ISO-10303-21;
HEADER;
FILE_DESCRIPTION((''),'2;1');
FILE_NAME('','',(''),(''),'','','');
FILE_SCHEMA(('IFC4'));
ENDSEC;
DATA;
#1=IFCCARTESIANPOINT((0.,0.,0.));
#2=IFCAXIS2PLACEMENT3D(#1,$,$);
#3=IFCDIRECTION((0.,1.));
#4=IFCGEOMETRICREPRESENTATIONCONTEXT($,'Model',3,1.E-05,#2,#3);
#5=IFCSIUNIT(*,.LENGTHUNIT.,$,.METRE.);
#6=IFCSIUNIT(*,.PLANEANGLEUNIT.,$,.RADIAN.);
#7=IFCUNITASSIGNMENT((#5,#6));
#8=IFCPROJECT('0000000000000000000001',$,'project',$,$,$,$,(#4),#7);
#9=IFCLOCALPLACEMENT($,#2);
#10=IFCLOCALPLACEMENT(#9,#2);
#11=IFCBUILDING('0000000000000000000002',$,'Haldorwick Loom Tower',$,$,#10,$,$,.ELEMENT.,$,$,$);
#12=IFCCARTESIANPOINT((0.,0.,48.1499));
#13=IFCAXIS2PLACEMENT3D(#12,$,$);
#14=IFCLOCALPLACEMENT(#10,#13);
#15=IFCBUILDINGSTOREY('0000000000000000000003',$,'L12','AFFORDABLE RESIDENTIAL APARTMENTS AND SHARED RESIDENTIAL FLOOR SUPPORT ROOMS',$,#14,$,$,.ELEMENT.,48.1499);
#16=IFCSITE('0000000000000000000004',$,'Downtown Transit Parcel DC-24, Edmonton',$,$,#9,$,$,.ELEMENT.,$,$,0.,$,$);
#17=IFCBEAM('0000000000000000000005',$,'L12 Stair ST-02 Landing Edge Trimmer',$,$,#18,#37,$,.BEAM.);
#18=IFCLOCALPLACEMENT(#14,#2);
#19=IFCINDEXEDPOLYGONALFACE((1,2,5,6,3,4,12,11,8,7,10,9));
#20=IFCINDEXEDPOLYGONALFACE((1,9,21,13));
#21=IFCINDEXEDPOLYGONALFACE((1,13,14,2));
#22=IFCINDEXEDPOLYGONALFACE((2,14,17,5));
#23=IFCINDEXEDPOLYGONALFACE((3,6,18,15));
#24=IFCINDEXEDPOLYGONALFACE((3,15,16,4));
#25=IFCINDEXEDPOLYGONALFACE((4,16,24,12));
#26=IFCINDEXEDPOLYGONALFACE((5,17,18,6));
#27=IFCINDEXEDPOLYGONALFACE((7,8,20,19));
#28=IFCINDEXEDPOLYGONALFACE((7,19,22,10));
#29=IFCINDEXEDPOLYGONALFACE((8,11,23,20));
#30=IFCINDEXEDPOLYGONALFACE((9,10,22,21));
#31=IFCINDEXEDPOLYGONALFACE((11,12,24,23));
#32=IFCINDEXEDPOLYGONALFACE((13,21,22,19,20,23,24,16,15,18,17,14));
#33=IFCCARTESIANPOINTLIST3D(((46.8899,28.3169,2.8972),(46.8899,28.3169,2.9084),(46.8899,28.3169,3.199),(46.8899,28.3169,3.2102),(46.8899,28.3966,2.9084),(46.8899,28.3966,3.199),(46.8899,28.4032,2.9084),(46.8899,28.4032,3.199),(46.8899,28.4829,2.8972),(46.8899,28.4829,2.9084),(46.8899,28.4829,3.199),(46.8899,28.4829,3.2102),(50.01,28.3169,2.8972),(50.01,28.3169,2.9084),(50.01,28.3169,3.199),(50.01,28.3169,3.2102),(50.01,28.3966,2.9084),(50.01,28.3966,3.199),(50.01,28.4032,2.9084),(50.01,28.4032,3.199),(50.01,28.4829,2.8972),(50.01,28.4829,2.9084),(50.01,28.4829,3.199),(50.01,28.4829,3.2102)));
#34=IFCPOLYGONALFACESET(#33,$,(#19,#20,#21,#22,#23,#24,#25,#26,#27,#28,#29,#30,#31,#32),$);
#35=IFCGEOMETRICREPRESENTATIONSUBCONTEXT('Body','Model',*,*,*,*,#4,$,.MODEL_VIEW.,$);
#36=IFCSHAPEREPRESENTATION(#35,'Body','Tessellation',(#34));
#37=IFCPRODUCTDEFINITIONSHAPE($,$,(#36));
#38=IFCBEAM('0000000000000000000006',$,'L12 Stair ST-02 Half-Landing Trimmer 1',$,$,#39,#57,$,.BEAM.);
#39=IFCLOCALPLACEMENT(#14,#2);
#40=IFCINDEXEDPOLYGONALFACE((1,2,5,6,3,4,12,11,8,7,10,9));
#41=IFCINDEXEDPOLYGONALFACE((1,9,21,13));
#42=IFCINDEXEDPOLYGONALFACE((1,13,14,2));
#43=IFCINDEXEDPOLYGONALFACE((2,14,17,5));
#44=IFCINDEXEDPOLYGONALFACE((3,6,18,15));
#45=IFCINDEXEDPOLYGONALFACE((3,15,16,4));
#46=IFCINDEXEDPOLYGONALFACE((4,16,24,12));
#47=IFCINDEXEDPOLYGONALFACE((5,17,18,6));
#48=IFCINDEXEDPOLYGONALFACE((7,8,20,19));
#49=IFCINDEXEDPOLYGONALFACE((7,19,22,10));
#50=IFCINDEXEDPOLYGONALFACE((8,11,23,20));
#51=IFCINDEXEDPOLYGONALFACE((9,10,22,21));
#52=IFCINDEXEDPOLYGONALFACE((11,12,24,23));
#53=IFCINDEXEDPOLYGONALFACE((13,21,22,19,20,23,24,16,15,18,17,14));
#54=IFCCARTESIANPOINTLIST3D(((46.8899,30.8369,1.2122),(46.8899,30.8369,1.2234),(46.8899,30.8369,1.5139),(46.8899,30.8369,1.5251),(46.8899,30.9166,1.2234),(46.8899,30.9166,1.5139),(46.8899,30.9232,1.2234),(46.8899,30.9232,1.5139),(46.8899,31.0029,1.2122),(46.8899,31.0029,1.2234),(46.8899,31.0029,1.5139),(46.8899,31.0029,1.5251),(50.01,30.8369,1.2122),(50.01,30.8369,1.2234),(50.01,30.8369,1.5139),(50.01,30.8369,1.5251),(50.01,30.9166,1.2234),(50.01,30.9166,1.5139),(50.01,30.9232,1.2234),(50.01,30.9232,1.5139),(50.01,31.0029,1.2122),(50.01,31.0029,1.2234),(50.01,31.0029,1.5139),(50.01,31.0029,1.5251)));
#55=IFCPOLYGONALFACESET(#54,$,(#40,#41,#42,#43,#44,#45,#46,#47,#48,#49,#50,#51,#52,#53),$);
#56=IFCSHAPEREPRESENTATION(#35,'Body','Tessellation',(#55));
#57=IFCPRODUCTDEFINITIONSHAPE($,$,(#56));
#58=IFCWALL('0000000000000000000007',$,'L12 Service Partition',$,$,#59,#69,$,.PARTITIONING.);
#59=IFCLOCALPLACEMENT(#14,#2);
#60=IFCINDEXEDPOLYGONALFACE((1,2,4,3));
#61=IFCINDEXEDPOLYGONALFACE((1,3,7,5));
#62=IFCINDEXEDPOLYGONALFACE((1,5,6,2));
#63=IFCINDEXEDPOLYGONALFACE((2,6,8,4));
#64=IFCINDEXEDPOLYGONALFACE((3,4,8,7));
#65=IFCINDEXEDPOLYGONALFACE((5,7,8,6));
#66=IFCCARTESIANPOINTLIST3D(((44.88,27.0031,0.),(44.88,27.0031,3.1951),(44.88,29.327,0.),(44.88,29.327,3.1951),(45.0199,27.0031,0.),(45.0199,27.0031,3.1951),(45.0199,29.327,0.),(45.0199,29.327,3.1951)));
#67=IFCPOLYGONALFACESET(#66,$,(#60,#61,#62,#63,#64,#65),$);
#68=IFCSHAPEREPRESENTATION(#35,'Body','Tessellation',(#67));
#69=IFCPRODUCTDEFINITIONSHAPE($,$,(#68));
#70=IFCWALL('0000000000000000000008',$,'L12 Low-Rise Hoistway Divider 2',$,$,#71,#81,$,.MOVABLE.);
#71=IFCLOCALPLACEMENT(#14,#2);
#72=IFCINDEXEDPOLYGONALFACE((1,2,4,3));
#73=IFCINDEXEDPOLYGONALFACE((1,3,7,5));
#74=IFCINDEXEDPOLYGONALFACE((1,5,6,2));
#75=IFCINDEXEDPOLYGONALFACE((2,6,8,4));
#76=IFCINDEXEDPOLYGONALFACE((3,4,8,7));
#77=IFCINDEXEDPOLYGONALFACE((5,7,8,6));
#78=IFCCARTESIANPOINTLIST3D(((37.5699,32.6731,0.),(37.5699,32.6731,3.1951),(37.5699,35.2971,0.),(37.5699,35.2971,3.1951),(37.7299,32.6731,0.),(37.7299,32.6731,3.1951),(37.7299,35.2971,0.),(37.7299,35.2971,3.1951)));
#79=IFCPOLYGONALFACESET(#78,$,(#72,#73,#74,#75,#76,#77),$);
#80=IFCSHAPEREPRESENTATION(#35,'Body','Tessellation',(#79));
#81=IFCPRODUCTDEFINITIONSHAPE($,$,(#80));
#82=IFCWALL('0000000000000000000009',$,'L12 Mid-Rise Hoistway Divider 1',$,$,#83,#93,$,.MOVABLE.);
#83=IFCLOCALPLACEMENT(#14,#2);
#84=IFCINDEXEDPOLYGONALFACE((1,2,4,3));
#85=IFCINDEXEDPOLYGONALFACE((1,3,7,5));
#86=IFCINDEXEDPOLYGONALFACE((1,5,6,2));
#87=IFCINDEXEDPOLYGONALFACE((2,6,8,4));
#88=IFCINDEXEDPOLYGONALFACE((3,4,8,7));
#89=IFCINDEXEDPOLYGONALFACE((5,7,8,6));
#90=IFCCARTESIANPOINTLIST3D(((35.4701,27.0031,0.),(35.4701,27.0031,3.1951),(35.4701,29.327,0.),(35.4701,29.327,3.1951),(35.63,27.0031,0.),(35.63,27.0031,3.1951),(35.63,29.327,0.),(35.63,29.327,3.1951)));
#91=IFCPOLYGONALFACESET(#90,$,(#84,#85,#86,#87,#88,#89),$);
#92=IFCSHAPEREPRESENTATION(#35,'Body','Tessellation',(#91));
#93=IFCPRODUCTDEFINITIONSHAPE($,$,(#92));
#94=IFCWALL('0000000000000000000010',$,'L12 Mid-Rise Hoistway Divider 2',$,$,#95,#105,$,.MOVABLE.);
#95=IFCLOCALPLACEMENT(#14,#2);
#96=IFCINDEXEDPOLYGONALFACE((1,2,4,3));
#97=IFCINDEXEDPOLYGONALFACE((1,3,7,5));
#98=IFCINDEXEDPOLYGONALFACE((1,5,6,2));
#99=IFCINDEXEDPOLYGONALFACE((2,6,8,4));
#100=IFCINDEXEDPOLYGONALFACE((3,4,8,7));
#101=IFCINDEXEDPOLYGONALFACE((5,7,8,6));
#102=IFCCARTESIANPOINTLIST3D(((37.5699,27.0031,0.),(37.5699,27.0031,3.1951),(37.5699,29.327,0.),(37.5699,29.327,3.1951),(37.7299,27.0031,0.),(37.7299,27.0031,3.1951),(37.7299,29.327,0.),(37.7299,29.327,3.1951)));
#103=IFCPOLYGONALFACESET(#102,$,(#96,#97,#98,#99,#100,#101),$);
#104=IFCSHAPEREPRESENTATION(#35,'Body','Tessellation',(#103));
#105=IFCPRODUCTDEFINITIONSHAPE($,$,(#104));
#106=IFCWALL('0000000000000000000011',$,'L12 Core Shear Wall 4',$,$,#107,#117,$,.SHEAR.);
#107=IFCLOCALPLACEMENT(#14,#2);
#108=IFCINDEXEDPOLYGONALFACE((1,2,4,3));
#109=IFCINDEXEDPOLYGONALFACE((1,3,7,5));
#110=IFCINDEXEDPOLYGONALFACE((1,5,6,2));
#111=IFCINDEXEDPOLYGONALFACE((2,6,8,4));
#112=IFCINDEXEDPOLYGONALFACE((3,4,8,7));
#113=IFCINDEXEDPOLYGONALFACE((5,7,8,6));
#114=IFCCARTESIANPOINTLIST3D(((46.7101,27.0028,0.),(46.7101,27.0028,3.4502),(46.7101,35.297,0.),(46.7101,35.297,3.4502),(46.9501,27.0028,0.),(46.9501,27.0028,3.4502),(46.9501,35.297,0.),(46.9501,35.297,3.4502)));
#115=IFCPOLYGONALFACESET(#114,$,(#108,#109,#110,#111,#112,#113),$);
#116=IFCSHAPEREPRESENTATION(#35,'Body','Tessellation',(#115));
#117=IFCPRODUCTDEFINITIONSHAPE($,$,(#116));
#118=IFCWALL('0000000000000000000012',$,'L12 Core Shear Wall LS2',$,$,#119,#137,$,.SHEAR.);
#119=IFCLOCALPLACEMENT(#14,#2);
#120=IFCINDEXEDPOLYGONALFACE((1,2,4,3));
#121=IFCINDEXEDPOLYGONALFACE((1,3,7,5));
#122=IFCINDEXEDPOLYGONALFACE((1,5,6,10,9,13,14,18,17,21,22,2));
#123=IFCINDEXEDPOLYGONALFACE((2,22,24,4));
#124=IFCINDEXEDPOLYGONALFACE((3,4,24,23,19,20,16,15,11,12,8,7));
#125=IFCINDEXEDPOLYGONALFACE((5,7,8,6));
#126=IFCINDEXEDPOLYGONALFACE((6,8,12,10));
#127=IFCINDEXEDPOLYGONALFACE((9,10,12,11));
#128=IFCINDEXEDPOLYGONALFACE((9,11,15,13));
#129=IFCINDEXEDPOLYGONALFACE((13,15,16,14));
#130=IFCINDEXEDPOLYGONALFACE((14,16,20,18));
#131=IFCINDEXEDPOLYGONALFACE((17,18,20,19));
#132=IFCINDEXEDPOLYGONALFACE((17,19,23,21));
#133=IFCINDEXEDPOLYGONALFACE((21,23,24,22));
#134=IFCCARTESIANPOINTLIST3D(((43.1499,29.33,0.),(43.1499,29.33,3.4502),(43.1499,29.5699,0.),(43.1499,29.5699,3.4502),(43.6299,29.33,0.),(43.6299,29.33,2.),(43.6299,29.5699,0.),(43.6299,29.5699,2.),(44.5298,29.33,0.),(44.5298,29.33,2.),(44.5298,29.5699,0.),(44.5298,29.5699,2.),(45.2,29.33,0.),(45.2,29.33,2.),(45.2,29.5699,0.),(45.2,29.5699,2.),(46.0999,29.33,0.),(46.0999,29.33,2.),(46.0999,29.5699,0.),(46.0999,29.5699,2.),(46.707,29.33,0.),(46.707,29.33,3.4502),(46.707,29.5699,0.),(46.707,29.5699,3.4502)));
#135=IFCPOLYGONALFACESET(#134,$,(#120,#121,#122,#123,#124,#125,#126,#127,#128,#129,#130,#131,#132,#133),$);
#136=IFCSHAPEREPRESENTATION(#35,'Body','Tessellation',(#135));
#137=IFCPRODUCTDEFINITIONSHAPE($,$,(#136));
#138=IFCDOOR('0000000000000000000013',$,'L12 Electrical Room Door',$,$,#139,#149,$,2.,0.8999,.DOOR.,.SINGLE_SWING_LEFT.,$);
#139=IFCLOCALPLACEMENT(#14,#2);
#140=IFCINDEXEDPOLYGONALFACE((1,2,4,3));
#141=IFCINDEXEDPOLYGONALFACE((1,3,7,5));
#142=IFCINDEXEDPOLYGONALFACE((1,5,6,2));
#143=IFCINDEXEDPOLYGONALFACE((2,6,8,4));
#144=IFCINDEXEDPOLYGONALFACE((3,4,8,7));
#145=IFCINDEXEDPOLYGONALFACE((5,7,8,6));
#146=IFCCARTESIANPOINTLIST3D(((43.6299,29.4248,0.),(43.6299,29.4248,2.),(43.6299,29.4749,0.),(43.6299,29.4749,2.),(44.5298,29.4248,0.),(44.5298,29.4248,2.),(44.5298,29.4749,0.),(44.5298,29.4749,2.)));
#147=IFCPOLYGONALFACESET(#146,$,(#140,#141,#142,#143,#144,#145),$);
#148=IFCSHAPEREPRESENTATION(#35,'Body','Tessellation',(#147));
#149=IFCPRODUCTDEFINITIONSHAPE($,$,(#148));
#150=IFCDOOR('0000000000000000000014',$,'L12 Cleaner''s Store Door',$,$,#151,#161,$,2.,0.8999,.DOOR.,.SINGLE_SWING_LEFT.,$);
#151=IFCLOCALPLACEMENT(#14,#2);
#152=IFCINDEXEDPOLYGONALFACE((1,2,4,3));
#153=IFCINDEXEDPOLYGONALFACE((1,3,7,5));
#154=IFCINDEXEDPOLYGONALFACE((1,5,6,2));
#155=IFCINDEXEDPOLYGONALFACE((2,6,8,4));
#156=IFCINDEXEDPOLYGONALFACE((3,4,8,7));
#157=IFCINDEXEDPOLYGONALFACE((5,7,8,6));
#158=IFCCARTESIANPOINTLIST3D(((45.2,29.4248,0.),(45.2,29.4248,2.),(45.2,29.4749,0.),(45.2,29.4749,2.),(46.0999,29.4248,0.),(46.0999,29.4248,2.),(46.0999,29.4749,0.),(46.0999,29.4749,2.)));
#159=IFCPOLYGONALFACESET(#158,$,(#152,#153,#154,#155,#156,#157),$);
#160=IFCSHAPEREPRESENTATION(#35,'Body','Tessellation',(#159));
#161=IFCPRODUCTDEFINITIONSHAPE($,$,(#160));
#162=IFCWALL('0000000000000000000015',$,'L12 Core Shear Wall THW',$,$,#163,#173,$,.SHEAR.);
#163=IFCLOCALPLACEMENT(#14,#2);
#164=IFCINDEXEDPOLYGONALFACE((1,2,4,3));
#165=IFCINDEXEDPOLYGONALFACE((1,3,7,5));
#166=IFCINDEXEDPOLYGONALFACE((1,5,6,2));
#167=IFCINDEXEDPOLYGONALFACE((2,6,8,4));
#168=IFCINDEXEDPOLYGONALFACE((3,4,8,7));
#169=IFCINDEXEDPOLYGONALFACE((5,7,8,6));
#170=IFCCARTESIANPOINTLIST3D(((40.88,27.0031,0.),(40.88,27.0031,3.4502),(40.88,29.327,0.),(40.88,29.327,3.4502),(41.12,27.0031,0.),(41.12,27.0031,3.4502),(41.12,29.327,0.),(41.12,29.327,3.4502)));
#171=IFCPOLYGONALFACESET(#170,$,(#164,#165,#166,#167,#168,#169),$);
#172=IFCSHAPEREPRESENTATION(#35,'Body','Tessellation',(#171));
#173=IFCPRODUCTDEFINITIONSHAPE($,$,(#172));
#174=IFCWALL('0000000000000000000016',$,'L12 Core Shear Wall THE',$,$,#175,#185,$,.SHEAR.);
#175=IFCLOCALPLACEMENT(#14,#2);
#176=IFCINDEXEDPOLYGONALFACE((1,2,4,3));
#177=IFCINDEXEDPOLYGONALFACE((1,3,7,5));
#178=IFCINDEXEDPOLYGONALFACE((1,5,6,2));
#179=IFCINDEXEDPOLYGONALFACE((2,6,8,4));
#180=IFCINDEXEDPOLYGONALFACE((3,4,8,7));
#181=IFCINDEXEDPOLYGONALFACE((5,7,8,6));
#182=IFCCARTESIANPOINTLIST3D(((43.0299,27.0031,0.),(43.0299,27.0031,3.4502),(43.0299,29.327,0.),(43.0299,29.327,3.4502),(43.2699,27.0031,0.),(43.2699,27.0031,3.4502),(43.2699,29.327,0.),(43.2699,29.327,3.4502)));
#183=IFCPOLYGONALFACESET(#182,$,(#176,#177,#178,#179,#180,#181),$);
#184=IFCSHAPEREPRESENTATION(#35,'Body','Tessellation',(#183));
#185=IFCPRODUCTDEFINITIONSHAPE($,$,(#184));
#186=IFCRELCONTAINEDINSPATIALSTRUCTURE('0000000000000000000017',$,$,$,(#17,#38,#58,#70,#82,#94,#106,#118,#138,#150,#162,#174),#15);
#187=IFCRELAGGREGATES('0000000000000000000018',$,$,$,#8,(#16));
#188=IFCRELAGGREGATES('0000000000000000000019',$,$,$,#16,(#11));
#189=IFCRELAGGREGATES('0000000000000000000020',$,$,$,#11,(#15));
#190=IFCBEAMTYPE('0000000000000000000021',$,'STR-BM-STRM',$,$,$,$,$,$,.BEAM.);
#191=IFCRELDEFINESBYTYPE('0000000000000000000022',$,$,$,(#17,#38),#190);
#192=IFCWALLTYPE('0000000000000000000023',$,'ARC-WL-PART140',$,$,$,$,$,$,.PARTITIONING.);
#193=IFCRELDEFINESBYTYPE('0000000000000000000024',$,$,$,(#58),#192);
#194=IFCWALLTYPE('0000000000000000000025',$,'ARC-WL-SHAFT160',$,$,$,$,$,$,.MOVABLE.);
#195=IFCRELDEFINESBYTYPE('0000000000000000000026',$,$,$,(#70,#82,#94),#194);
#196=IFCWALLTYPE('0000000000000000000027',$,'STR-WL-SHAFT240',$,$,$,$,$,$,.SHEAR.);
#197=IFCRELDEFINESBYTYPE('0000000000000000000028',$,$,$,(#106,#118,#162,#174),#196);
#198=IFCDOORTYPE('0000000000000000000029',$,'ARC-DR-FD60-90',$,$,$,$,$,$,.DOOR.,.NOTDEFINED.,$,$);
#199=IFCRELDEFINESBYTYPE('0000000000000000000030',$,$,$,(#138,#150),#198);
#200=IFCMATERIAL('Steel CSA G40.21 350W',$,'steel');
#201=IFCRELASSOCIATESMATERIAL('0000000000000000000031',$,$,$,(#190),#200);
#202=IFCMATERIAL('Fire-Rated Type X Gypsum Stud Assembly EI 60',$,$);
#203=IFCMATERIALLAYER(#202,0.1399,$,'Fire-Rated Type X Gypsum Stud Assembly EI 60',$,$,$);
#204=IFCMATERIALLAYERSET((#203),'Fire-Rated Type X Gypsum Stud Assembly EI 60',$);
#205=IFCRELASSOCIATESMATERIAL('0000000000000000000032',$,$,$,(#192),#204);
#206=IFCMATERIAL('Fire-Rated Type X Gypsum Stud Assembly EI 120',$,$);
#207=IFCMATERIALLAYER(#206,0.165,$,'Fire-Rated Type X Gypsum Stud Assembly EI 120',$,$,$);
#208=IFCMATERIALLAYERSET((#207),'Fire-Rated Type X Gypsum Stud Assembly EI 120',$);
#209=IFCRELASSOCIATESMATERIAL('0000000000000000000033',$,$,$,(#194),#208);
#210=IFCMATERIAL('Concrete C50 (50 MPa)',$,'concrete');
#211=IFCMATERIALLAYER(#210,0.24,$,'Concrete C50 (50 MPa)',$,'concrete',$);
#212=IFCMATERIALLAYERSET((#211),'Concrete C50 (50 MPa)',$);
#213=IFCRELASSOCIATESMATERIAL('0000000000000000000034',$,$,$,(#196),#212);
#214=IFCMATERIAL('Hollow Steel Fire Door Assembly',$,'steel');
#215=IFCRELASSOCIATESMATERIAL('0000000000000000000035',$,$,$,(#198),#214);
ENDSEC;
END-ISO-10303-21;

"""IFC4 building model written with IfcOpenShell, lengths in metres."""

from ifc_helpers import new_model, si_unit, direction, frame, frame_2d, origin, origin_2d, place, context, subcontext, project, spatial, rectangle, i_section, extrude, material, layer, layer_set, material_profile, profile_set, type_object, element, fill, save


model = new_model("IFC4")

# Units and contexts
model_context = context("Model", 3, precision=1e-05, world=origin(), true_north=direction((0.0, 1.0)))
body_context = subcontext(model_context, "Body", "Model", "MODEL_VIEW")
ifc_project = project(units=[si_unit("LENGTHUNIT", "METRE"), si_unit("PLANEANGLEUNIT", "RADIAN")], contexts=[model_context])

# Site, building, storey
site_placement = place(None, origin())
site = spatial("IfcSite", under=ifc_project, at=site_placement, Name="Downtown Transit Parcel DC-24, Edmonton", CompositionType="ELEMENT", RefElevation=0.0)
building_placement = place(site_placement, origin())
building = spatial("IfcBuilding", under=site, at=building_placement, Name="Haldorwick Loom Tower", CompositionType="ELEMENT")
storey_placement = place(building_placement, frame((0.0, 0.0, 48.1499)))
storey = spatial("IfcBuildingStorey", under=building, at=storey_placement, Name="L12", Description="AFFORDABLE RESIDENTIAL APARTMENTS AND SHARED RESIDENTIAL FLOOR SUPPORT ROOMS", CompositionType="ELEMENT", Elevation=48.1499)

# Beams
ifc_material_1 = material(Name="Steel CSA G40.21 350W", Category="steel")
ifc_material_profile_1 = material_profile(ifc_material_1, i_section(OverallWidth=0.166, OverallDepth=0.313, WebThickness=0.0066, FlangeThickness=0.0112, at=origin_2d()), Name="W310X45", Category="steel")
ifc_profile_set_1 = profile_set([ifc_material_profile_1], Name="Steel CSA G40.21 350W")
beam_type_1 = type_object("IfcBeamType", Name="STR-BM-STRM", PredefinedType="BEAM", material=ifc_profile_set_1)
for number, where, z_axis, x_axis, name in (
    (1, (46.8899, 28.3999, 3.0537), (1.0, 0.0, 0.0), (0.0, 1.0, 0.0), "L12 Stair ST-02 Landing Edge Trimmer"),
    (2, (46.8899, 30.9199, 1.3687), (1.0, 0.0, 0.0), (0.0, 1.0, 0.0), "L12 Stair ST-02 Half-Landing Trimmer 1"),
):
    element("IfcBeam", number, at=place(storey_placement, frame(where, z_axis=z_axis, x_axis=x_axis)), inside=storey, type_object=beam_type_1, Name=name, PredefinedType="BEAM", context=body_context, shape_type="SweptSolid", body=[
        extrude(i_section(OverallWidth=0.166, OverallDepth=0.313, WebThickness=0.0066, FlangeThickness=0.0112, at=origin_2d()), origin(), (0.0, 0.0, 1.0), 3.1201),
    ])

# Walls
ifc_material_2 = material(Name="Fire-Rated Type X Gypsum Stud Assembly EI 60")
ifc_layer_1 = layer(ifc_material_2, 0.1399, Name="Fire-Rated Type X Gypsum Stud Assembly EI 60")
ifc_layer_set_1 = layer_set([ifc_layer_1], Name="Fire-Rated Type X Gypsum Stud Assembly EI 60")
wall_type_1 = type_object("IfcWallType", Name="ARC-WL-PART140", PredefinedType="PARTITIONING", material=ifc_layer_set_1)
wall_1_placement = place(storey_placement, frame((44.95, 27.0029, 0.0), z_axis=(0.0, 0.0, 1.0), x_axis=(0.0, 1.0, 0.0)))
element("IfcWall", 3, at=wall_1_placement, inside=storey, type_object=wall_type_1, Name="L12 Service Partition", PredefinedType="PARTITIONING", context=body_context, shape_type="SweptSolid", body=[
    extrude(rectangle(XDim=2.324, YDim=0.1399, at=frame_2d((1.1621, 0.0))), origin(), (0.0, 0.0, 1.0), 3.1951),
])
ifc_material_3 = material(Name="Fire-Rated Type X Gypsum Stud Assembly EI 120")
ifc_layer_2 = layer(ifc_material_3, 0.165, Name="Fire-Rated Type X Gypsum Stud Assembly EI 120")
ifc_layer_set_2 = layer_set([ifc_layer_2], Name="Fire-Rated Type X Gypsum Stud Assembly EI 120")
wall_type_2 = type_object("IfcWallType", Name="ARC-WL-SHAFT160", PredefinedType="MOVABLE", material=ifc_layer_set_2)
wall_2_placement = place(storey_placement, frame((37.6499, 32.6731, 0.0), z_axis=(0.0, 0.0, 1.0), x_axis=(0.0, 1.0, 0.0)))
element("IfcWall", 4, at=wall_2_placement, inside=storey, type_object=wall_type_2, Name="L12 Low-Rise Hoistway Divider 2", PredefinedType="MOVABLE", context=body_context, shape_type="SweptSolid", body=[
    extrude(rectangle(XDim=2.624, YDim=0.1599, at=frame_2d((1.312, 0.0))), origin(), (0.0, 0.0, 1.0), 3.1951),
])
for number, where, z_axis, x_axis, name in (
    (5, (35.55, 27.0029, 0.0), (0.0, 0.0, 1.0), (0.0, 1.0, 0.0), "L12 Mid-Rise Hoistway Divider 1"),
    (6, (37.6499, 27.0029, 0.0), (0.0, 0.0, 1.0), (0.0, 1.0, 0.0), "L12 Mid-Rise Hoistway Divider 2"),
):
    element("IfcWall", number, at=place(storey_placement, frame(where, z_axis=z_axis, x_axis=x_axis)), inside=storey, type_object=wall_type_2, Name=name, PredefinedType="MOVABLE", context=body_context, shape_type="SweptSolid", body=[
        extrude(rectangle(XDim=2.324, YDim=0.1599, at=frame_2d((1.1621, 0.0))), origin(), (0.0, 0.0, 1.0), 3.1951),
    ])
ifc_material_4 = material(Name="Concrete C50 (50 MPa)", Category="concrete")
ifc_layer_3 = layer(ifc_material_4, 0.24, Name="Concrete C50 (50 MPa)", Category="concrete")
ifc_layer_set_3 = layer_set([ifc_layer_3], Name="Concrete C50 (50 MPa)")
wall_type_3 = type_object("IfcWallType", Name="STR-WL-SHAFT240", PredefinedType="SHEAR", material=ifc_layer_set_3)
wall_3_placement = place(storey_placement, frame((46.8301, 27.0029, 0.0), z_axis=(0.0, 0.0, 1.0), x_axis=(0.0, 1.0, 0.0)))
element("IfcWall", 7, at=wall_3_placement, inside=storey, type_object=wall_type_3, Name="L12 Core Shear Wall 4", PredefinedType="SHEAR", context=body_context, shape_type="SweptSolid", body=[
    extrude(rectangle(XDim=8.2942, YDim=0.24, at=frame_2d((4.147, 0.0))), origin(), (0.0, 0.0, 1.0), 3.4502),
])

# Wall, openings, doors
wall_4_placement = place(storey_placement, frame((43.1499, 29.45, 0.0), z_axis=(0.0, 0.0, 1.0), x_axis=(1.0, 0.0, 0.0)))
wall_4 = element("IfcWall", 8, at=wall_4_placement, inside=storey, type_object=wall_type_3, Name="L12 Core Shear Wall LS2", PredefinedType="SHEAR", context=body_context, shape_type="SweptSolid", body=[
    extrude(rectangle(XDim=3.5571, YDim=0.24, at=frame_2d((1.7786, 0.0))), origin(), (0.0, 0.0, 1.0), 3.4502),
])
opening_1_placement = place(wall_4_placement, frame((0.48, 0.0, 0.0)))
opening_1 = element("IfcOpeningElement", 9, at=opening_1_placement, cuts=wall_4, PredefinedType="OPENING", context=body_context, shape_type="SweptSolid", body=[
    extrude(rectangle(XDim=0.8999, YDim=2.0, at=frame_2d((0.45, 1.0))), frame((0.0, 0.1299, 0.0), z_axis=(0.0, -1.0, 0.0), x_axis=(1.0, 0.0, 0.0)), (0.0, 0.0, 1.0), 0.26),
])
opening_2_placement = place(wall_4_placement, frame((2.05, 0.0, 0.0)))
opening_2 = element("IfcOpeningElement", 10, at=opening_2_placement, cuts=wall_4, PredefinedType="OPENING", context=body_context, shape_type="SweptSolid", body=[
    extrude(rectangle(XDim=0.8999, YDim=2.0, at=frame_2d((0.45, 1.0))), frame((0.0, 0.1299, 0.0), z_axis=(0.0, -1.0, 0.0), x_axis=(1.0, 0.0, 0.0)), (0.0, 0.0, 1.0), 0.26),
])
ifc_material_5 = material(Name="Hollow Steel Fire Door Assembly", Category="steel")
door_type = type_object("IfcDoorType", Name="ARC-DR-FD60-90", OperationType="NOTDEFINED", PredefinedType="DOOR", material=ifc_material_5)
door_1_placement = place(opening_1_placement, origin())
door_1 = element("IfcDoor", 11, at=door_1_placement, inside=storey, type_object=door_type, Name="L12 Electrical Room Door", OperationType="SINGLE_SWING_LEFT", OverallHeight=2.0, OverallWidth=0.8999, PredefinedType="DOOR", context=body_context, shape_type="SweptSolid", body=[
    extrude(rectangle(XDim=0.8999, YDim=2.0, at=frame_2d((0.45, 1.0))), frame((0.0, 0.0249, 0.0), z_axis=(0.0, -1.0, 0.0), x_axis=(1.0, 0.0, 0.0)), (0.0, 0.0, 1.0), 0.05),
])
fill(opening_1, door_1)
door_2_placement = place(opening_2_placement, origin())
door_2 = element("IfcDoor", 12, at=door_2_placement, inside=storey, type_object=door_type, Name="L12 Cleaner's Store Door", OperationType="SINGLE_SWING_LEFT", OverallHeight=2.0, OverallWidth=0.8999, PredefinedType="DOOR", context=body_context, shape_type="SweptSolid", body=[
    extrude(rectangle(XDim=0.8999, YDim=2.0, at=frame_2d((0.45, 1.0))), frame((0.0, 0.0249, 0.0), z_axis=(0.0, -1.0, 0.0), x_axis=(1.0, 0.0, 0.0)), (0.0, 0.0, 1.0), 0.05),
])
fill(opening_2, door_2)

# Walls
for number, where, z_axis, x_axis, name in (
    (13, (41.0, 27.0029, 0.0), (0.0, 0.0, 1.0), (0.0, 1.0, 0.0), "L12 Core Shear Wall THW"),
    (14, (43.1499, 27.0029, 0.0), (0.0, 0.0, 1.0), (0.0, 1.0, 0.0), "L12 Core Shear Wall THE"),
):
    element("IfcWall", number, at=place(storey_placement, frame(where, z_axis=z_axis, x_axis=x_axis)), inside=storey, type_object=wall_type_3, Name=name, PredefinedType="SHEAR", context=body_context, shape_type="SweptSolid", body=[
        extrude(rectangle(XDim=2.324, YDim=0.24, at=frame_2d((1.1621, 0.0))), origin(), (0.0, 0.0, 1.0), 3.4502),
    ])

save(model, "model.ifc")
